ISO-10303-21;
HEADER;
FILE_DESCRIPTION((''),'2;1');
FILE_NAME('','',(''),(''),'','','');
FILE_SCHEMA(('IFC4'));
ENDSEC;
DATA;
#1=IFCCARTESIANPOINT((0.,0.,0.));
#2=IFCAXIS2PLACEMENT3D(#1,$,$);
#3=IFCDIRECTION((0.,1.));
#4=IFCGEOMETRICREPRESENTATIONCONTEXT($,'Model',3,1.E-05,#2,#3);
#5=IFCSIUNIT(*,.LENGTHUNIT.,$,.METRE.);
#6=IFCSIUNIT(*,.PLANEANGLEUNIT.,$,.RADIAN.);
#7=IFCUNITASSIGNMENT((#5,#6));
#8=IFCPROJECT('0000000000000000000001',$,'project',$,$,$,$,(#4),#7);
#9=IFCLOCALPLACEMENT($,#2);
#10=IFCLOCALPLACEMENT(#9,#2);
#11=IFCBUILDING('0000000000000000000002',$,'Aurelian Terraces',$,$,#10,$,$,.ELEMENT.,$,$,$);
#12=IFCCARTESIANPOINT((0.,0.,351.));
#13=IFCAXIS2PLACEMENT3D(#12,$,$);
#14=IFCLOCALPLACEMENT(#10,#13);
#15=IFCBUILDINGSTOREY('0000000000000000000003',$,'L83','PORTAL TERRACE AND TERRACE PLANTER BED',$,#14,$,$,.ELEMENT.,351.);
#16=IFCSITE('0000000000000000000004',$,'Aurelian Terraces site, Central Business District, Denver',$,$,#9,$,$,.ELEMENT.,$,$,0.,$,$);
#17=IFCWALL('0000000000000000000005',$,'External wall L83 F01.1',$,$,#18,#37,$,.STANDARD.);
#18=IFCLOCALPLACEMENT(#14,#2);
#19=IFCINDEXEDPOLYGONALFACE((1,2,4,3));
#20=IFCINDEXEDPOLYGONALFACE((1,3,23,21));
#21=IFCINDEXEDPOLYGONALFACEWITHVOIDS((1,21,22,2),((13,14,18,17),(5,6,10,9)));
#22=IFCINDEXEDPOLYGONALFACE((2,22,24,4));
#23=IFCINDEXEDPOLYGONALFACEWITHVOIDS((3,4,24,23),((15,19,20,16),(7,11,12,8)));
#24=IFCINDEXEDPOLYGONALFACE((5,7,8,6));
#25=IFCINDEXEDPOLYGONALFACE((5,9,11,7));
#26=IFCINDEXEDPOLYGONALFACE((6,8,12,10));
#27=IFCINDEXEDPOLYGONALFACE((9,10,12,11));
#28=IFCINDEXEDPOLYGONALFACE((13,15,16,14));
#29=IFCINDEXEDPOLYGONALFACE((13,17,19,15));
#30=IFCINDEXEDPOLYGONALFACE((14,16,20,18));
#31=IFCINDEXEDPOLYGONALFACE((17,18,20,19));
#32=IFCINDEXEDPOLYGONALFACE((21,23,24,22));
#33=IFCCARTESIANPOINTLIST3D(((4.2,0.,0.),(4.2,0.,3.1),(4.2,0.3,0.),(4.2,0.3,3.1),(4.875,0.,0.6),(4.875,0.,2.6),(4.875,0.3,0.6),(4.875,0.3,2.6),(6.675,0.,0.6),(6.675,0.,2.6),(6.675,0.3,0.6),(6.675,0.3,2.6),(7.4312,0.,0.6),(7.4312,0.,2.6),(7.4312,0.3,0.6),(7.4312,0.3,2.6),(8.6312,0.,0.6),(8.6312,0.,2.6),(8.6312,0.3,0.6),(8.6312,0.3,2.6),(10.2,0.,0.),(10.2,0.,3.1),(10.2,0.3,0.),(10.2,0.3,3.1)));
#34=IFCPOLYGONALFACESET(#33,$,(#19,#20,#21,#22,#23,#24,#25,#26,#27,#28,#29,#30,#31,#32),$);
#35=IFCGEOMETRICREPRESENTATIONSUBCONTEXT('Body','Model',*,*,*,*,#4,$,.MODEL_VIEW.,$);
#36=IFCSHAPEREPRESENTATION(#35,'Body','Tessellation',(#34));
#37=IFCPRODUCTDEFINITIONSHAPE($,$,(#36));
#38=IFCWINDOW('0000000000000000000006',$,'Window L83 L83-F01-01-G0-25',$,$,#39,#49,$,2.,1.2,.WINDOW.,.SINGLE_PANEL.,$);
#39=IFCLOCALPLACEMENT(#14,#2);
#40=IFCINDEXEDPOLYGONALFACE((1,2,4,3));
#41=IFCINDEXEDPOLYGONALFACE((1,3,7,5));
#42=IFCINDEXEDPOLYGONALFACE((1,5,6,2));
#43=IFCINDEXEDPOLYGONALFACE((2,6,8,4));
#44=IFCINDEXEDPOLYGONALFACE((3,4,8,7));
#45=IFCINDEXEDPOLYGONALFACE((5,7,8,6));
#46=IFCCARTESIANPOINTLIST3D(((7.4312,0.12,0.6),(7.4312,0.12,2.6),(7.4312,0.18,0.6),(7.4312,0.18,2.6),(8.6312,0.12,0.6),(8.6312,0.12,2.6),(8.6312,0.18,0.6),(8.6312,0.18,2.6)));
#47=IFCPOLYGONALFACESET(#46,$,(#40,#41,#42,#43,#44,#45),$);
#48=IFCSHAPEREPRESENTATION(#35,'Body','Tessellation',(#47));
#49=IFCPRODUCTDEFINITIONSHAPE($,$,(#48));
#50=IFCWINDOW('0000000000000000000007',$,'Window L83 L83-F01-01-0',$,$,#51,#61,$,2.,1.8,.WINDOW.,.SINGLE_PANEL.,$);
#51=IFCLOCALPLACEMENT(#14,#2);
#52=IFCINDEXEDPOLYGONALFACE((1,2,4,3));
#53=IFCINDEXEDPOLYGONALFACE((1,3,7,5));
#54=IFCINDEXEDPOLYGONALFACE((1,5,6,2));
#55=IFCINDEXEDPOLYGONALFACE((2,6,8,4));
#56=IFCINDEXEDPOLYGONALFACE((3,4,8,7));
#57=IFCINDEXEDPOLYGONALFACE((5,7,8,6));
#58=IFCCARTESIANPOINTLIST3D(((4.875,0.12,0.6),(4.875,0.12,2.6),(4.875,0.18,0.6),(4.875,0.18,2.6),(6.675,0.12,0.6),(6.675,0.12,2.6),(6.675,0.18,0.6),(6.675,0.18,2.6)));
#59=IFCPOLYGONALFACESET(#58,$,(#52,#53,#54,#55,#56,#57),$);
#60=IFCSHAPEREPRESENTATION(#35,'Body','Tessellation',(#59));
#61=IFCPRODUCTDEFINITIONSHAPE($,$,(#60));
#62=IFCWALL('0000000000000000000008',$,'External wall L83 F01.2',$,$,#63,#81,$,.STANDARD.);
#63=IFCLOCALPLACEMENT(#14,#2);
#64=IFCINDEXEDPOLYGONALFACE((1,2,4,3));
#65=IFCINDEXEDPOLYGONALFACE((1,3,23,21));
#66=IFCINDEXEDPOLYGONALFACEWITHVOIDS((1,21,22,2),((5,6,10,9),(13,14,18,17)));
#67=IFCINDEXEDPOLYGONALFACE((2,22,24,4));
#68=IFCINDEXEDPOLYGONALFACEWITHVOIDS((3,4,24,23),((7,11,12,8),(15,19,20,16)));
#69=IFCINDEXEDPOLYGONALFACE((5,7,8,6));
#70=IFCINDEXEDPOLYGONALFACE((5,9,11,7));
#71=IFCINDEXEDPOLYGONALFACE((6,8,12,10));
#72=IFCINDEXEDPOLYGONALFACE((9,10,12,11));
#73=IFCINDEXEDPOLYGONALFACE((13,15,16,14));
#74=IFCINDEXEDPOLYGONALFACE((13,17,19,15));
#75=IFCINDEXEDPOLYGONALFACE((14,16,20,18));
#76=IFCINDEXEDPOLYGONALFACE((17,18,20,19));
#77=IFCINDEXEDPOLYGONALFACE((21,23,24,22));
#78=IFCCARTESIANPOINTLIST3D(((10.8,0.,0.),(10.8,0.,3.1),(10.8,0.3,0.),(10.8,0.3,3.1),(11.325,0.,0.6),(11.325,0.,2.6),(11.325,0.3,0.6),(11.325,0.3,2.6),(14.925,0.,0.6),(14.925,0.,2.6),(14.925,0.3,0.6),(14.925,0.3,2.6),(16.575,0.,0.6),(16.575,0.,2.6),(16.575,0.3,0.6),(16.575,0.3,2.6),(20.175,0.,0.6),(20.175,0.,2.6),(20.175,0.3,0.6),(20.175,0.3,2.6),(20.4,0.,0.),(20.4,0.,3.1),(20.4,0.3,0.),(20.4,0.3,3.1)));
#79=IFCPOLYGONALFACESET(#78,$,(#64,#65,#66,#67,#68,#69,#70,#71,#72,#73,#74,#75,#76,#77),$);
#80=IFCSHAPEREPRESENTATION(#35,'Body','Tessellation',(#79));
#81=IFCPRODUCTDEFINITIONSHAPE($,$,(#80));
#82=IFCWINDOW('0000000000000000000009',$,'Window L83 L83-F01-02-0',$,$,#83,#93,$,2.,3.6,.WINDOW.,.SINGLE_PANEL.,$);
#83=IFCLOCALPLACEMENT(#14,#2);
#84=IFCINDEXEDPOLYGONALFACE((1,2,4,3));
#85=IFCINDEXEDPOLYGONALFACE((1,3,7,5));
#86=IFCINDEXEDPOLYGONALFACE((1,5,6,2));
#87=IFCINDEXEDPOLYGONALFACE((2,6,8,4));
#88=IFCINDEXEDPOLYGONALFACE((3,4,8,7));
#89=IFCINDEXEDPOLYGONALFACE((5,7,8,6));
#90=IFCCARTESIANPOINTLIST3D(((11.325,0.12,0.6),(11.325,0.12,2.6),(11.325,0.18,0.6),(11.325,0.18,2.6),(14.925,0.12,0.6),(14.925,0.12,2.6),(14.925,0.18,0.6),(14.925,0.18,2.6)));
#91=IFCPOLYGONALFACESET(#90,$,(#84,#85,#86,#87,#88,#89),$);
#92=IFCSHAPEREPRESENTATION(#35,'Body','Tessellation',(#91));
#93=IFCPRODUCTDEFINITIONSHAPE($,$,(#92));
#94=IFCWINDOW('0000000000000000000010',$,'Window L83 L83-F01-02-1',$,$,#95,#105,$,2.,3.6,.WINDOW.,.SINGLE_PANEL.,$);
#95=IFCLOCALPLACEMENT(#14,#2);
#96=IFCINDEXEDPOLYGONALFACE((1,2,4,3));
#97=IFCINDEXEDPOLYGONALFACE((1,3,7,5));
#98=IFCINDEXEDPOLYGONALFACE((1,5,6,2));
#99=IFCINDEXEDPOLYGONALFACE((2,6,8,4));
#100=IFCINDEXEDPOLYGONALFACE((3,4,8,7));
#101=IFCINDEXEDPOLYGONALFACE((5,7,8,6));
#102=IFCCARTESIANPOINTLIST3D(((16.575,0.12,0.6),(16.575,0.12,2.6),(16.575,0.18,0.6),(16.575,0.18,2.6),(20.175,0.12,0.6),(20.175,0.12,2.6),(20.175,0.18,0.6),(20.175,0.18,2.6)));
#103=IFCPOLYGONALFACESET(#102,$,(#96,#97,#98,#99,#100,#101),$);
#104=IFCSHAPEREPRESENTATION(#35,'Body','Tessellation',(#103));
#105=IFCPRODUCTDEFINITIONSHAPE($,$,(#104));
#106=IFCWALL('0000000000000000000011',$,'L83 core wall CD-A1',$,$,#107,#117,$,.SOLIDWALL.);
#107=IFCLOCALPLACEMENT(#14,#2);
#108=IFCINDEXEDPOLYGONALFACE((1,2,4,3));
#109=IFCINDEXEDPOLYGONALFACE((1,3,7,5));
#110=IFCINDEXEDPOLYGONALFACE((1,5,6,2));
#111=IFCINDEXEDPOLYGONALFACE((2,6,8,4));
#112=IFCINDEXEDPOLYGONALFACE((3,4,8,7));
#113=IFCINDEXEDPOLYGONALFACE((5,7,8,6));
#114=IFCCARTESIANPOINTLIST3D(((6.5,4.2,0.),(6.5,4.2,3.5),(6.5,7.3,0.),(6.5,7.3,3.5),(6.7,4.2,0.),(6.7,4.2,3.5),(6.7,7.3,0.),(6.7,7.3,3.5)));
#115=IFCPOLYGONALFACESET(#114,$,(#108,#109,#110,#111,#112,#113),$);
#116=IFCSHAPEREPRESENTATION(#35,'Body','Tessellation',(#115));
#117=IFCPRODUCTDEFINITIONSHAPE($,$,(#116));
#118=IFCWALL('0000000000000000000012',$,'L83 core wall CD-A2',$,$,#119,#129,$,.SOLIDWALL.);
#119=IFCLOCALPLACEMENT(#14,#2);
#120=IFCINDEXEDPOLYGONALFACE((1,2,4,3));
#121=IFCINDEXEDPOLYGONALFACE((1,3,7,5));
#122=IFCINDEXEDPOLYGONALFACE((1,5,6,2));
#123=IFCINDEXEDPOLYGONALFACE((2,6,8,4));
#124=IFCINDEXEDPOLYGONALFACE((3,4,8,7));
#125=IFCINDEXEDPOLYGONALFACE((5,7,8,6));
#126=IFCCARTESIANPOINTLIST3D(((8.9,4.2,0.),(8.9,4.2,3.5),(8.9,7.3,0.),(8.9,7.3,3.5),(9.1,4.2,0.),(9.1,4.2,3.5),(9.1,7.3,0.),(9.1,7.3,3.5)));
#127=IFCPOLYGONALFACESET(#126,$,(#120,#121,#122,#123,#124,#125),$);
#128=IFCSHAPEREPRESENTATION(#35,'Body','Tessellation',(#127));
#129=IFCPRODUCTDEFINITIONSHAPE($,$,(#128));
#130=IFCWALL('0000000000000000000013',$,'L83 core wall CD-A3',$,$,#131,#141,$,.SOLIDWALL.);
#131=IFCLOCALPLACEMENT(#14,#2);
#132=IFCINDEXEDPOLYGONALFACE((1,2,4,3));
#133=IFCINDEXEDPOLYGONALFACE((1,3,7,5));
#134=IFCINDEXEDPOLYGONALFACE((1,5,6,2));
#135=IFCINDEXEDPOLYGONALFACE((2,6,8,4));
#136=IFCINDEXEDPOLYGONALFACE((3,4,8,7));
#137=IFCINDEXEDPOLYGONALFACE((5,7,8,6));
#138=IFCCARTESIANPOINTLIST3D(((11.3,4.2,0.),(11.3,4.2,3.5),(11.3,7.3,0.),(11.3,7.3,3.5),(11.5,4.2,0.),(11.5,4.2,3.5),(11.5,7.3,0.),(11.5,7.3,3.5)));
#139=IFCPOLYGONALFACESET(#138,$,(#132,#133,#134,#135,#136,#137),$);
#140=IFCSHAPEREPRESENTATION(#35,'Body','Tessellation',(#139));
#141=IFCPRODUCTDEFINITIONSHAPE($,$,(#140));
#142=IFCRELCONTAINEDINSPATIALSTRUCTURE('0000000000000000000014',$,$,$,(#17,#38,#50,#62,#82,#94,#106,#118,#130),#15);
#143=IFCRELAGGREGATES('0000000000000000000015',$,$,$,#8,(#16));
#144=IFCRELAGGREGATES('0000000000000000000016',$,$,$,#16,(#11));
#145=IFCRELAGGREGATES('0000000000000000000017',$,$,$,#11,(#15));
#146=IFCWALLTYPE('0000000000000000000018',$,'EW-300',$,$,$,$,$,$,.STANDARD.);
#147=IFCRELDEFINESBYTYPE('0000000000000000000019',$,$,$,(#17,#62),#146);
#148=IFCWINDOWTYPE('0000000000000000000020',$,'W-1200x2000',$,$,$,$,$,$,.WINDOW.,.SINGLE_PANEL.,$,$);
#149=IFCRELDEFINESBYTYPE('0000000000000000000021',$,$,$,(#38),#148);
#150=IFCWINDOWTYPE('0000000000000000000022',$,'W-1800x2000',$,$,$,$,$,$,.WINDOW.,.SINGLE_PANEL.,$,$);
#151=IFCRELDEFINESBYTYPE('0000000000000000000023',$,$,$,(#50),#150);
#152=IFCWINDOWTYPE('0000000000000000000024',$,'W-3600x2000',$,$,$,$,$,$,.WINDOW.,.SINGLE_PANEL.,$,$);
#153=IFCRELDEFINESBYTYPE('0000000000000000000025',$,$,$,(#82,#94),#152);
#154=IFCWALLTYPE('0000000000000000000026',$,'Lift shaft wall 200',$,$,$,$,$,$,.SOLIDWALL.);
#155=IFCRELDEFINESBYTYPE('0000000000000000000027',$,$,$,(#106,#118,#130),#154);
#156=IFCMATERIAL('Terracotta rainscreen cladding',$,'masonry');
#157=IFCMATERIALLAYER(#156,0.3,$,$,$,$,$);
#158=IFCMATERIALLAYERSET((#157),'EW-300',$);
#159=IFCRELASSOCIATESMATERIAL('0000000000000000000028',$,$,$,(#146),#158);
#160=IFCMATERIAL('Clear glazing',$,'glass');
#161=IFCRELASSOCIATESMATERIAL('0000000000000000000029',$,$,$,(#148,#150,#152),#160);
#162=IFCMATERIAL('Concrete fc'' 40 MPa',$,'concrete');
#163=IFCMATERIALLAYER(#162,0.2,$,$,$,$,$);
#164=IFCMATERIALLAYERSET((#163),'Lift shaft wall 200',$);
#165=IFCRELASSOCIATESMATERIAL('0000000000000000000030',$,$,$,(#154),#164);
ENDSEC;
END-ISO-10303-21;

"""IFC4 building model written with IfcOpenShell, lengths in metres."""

from ifc_helpers import new_model, si_unit, direction, frame, frame_2d, origin, place, context, subcontext, project, spatial, rectangle, extrude, source, transform, mapped, material, layer, layer_set, type_object, element, fill, save


model = new_model("IFC4")

# Units and contexts
model_context = context("Model", 3, precision=1e-05, world=origin(), true_north=direction((0.0, 1.0)))
body_context = subcontext(model_context, "Body", "Model", "MODEL_VIEW")
ifc_project = project(units=[si_unit("LENGTHUNIT", "METRE"), si_unit("PLANEANGLEUNIT", "RADIAN")], contexts=[model_context])

# Site, building, storey
site_placement = place(None, origin())
site = spatial("IfcSite", under=ifc_project, at=site_placement, Name="Aurelian Terraces site, Central Business District, Denver", CompositionType="ELEMENT", RefElevation=0.0)
building_placement = place(site_placement, origin())
building = spatial("IfcBuilding", under=site, at=building_placement, Name="Aurelian Terraces", CompositionType="ELEMENT")
storey_placement = place(building_placement, frame((0.0, 0.0, 351.0)))
storey = spatial("IfcBuildingStorey", under=building, at=storey_placement, Name="L83", Description="PORTAL TERRACE AND TERRACE PLANTER BED", CompositionType="ELEMENT", Elevation=351.0)

# Shared definitions
ifc_material_1 = material(Name="Concrete fc' 40 MPa", Category="concrete")

# Shared definitions
ifc_material_2 = material(Name="Terracotta rainscreen cladding", Category="masonry")
ifc_layer_1 = layer(ifc_material_2, 0.3)
ifc_layer_set_1 = layer_set([ifc_layer_1], Name="EW-300")
wall_type_1 = type_object("IfcWallType", Name="EW-300", PredefinedType="STANDARD", material=ifc_layer_set_1)
ifc_material_3 = material(Name="Clear glazing", Category="glass")

# Walls, openings, windows
shared_shape_1 = source(origin(), body_context, "Body", "SweptSolid", [
    extrude(rectangle(XDim=6.0, YDim=0.3, at=frame_2d((3.0, 0.0))), origin(), (0.0, 0.0, 1.0), 3.1),
])
wall_1_placement = place(storey_placement, frame((4.2, 0.15, 0.0), z_axis=(0.0, 0.0, 1.0), x_axis=(1.0, 0.0, 0.0)))
wall_1 = element("IfcWall", 1, at=wall_1_placement, inside=storey, type_object=wall_type_1, Name="External wall L83 F01.1", PredefinedType="STANDARD", context=body_context, shape_type="MappedRepresentation", body=[
    mapped(shared_shape_1, transform((0.0, 0.0, 0.0), scale=1.0)),
])
shared_shape_2 = source(origin(), body_context, "Body", "SweptSolid", [
    extrude(rectangle(XDim=1.8, YDim=2.0, at=frame_2d((0.9, 1.0))), frame((0.0, 0.16, 0.0), z_axis=(0.0, -1.0, 0.0), x_axis=(1.0, 0.0, 0.0)), (0.0, 0.0, 1.0), 0.32),
])
opening_1_placement = place(wall_1_placement, frame((0.675, 0.0, 0.6)))
opening_1 = element("IfcOpeningElement", 2, at=opening_1_placement, cuts=wall_1, PredefinedType="OPENING", context=body_context, shape_type="MappedRepresentation", body=[
    mapped(shared_shape_2, transform((0.0, 0.0, 0.0), scale=1.0)),
])
shared_shape_3 = source(origin(), body_context, "Body", "SweptSolid", [
    extrude(rectangle(XDim=1.2, YDim=2.0, at=frame_2d((0.6, 1.0))), frame((0.0, 0.16, 0.0), z_axis=(0.0, -1.0, 0.0), x_axis=(1.0, 0.0, 0.0)), (0.0, 0.0, 1.0), 0.32),
])
opening_2_placement = place(wall_1_placement, frame((3.2312, 0.0, 0.6)))
opening_2 = element("IfcOpeningElement", 3, at=opening_2_placement, cuts=wall_1, PredefinedType="OPENING", context=body_context, shape_type="MappedRepresentation", body=[
    mapped(shared_shape_3, transform((0.0, 0.0, 0.0), scale=1.0)),
])
window_type_1 = type_object("IfcWindowType", Name="W-1200x2000", PartitioningType="SINGLE_PANEL", PredefinedType="WINDOW", material=ifc_material_3)
shared_shape_4 = source(origin(), body_context, "Body", "SweptSolid", [
    extrude(rectangle(XDim=1.2, YDim=2.0, at=frame_2d((0.6, 1.0))), frame((0.0, 0.03, 0.0), z_axis=(0.0, -1.0, 0.0), x_axis=(1.0, 0.0, 0.0)), (0.0, 0.0, 1.0), 0.06),
])
window_1_placement = place(opening_2_placement, origin())
window_1 = element("IfcWindow", 4, at=window_1_placement, inside=storey, type_object=window_type_1, Name="Window L83 L83-F01-01-G0-25", OverallHeight=2.0, OverallWidth=1.2, PartitioningType="SINGLE_PANEL", PredefinedType="WINDOW", context=body_context, shape_type="MappedRepresentation", body=[
    mapped(shared_shape_4, transform((0.0, 0.0, 0.0), scale=1.0)),
])
fill(opening_2, window_1)
window_type_2 = type_object("IfcWindowType", Name="W-1800x2000", PartitioningType="SINGLE_PANEL", PredefinedType="WINDOW", material=ifc_material_3)
shared_shape_5 = source(origin(), body_context, "Body", "SweptSolid", [
    extrude(rectangle(XDim=1.8, YDim=2.0, at=frame_2d((0.9, 1.0))), frame((0.0, 0.03, 0.0), z_axis=(0.0, -1.0, 0.0), x_axis=(1.0, 0.0, 0.0)), (0.0, 0.0, 1.0), 0.06),
])
window_2_placement = place(opening_1_placement, origin())
window_2 = element("IfcWindow", 5, at=window_2_placement, inside=storey, type_object=window_type_2, Name="Window L83 L83-F01-01-0", OverallHeight=2.0, OverallWidth=1.8, PartitioningType="SINGLE_PANEL", PredefinedType="WINDOW", context=body_context, shape_type="MappedRepresentation", body=[
    mapped(shared_shape_5, transform((0.0, 0.0, 0.0), scale=1.0)),
])
fill(opening_1, window_2)
shared_shape_6 = source(origin(), body_context, "Body", "SweptSolid", [
    extrude(rectangle(XDim=9.6, YDim=0.3, at=frame_2d((4.8, 0.0))), origin(), (0.0, 0.0, 1.0), 3.1),
])
wall_2_placement = place(storey_placement, frame((10.8, 0.15, 0.0), z_axis=(0.0, 0.0, 1.0), x_axis=(1.0, 0.0, 0.0)))
wall_2 = element("IfcWall", 6, at=wall_2_placement, inside=storey, type_object=wall_type_1, Name="External wall L83 F01.2", PredefinedType="STANDARD", context=body_context, shape_type="MappedRepresentation", body=[
    mapped(shared_shape_6, transform((0.0, 0.0, 0.0), scale=1.0)),
])
shared_shape_7 = source(origin(), body_context, "Body", "SweptSolid", [
    extrude(rectangle(XDim=3.6, YDim=2.0, at=frame_2d((1.8, 1.0))), frame((0.0, 0.16, 0.0), z_axis=(0.0, -1.0, 0.0), x_axis=(1.0, 0.0, 0.0)), (0.0, 0.0, 1.0), 0.32),
])
opening_3_placement = place(wall_2_placement, frame((0.525, 0.0, 0.6)))
opening_3 = element("IfcOpeningElement", 7, at=opening_3_placement, cuts=wall_2, PredefinedType="OPENING", context=body_context, shape_type="MappedRepresentation", body=[
    mapped(shared_shape_7, transform((0.0, 0.0, 0.0), scale=1.0)),
])
opening_4_placement = place(wall_2_placement, frame((5.775, 0.0, 0.6)))
opening_4 = element("IfcOpeningElement", 8, at=opening_4_placement, cuts=wall_2, PredefinedType="OPENING", context=body_context, shape_type="MappedRepresentation", body=[
    mapped(shared_shape_7, transform((0.0, 0.0, 0.0), scale=1.0)),
])
window_type_3 = type_object("IfcWindowType", Name="W-3600x2000", PartitioningType="SINGLE_PANEL", PredefinedType="WINDOW", material=ifc_material_3)
shared_shape_8 = source(origin(), body_context, "Body", "SweptSolid", [
    extrude(rectangle(XDim=3.6, YDim=2.0, at=frame_2d((1.8, 1.0))), frame((0.0, 0.03, 0.0), z_axis=(0.0, -1.0, 0.0), x_axis=(1.0, 0.0, 0.0)), (0.0, 0.0, 1.0), 0.06),
])
window_3_placement = place(opening_3_placement, origin())
window_3 = element("IfcWindow", 9, at=window_3_placement, inside=storey, type_object=window_type_3, Name="Window L83 L83-F01-02-0", OverallHeight=2.0, OverallWidth=3.6, PartitioningType="SINGLE_PANEL", PredefinedType="WINDOW", context=body_context, shape_type="MappedRepresentation", body=[
    mapped(shared_shape_8, transform((0.0, 0.0, 0.0), scale=1.0)),
])
fill(opening_3, window_3)
window_4_placement = place(opening_4_placement, origin())
window_4 = element("IfcWindow", 10, at=window_4_placement, inside=storey, type_object=window_type_3, Name="Window L83 L83-F01-02-1", OverallHeight=2.0, OverallWidth=3.6, PartitioningType="SINGLE_PANEL", PredefinedType="WINDOW", context=body_context, shape_type="MappedRepresentation", body=[
    mapped(shared_shape_8, transform((0.0, 0.0, 0.0), scale=1.0)),
])
fill(opening_4, window_4)

# Walls
ifc_layer_2 = layer(ifc_material_1, 0.2)
ifc_layer_set_2 = layer_set([ifc_layer_2], Name="Lift shaft wall 200")
wall_type_2 = type_object("IfcWallType", Name="Lift shaft wall 200", PredefinedType="SOLIDWALL", material=ifc_layer_set_2)
shared_shape_9 = source(origin(), body_context, "Body", "SweptSolid", [
    extrude(rectangle(XDim=3.1, YDim=0.2, at=frame_2d((1.55, 0.0))), origin(), (0.0, 0.0, 1.0), 3.5),
])
for number, where, z_axis, x_axis, name in (
    (11, (6.6, 4.2, 0.0), (0.0, 0.0, 1.0), (0.0, 1.0, 0.0), "L83 core wall CD-A1"),
    (12, (9.0, 4.2, 0.0), (0.0, 0.0, 1.0), (0.0, 1.0, 0.0), "L83 core wall CD-A2"),
    (13, (11.4, 4.2, 0.0), (0.0, 0.0, 1.0), (0.0, 1.0, 0.0), "L83 core wall CD-A3"),
):
    element("IfcWall", number, at=place(storey_placement, frame(where, z_axis=z_axis, x_axis=x_axis)), inside=storey, type_object=wall_type_2, Name=name, PredefinedType="SOLIDWALL", context=body_context, shape_type="MappedRepresentation", body=[
        mapped(shared_shape_9, transform((0.0, 0.0, 0.0), scale=1.0)),
    ])

save(model, "model.ifc")
